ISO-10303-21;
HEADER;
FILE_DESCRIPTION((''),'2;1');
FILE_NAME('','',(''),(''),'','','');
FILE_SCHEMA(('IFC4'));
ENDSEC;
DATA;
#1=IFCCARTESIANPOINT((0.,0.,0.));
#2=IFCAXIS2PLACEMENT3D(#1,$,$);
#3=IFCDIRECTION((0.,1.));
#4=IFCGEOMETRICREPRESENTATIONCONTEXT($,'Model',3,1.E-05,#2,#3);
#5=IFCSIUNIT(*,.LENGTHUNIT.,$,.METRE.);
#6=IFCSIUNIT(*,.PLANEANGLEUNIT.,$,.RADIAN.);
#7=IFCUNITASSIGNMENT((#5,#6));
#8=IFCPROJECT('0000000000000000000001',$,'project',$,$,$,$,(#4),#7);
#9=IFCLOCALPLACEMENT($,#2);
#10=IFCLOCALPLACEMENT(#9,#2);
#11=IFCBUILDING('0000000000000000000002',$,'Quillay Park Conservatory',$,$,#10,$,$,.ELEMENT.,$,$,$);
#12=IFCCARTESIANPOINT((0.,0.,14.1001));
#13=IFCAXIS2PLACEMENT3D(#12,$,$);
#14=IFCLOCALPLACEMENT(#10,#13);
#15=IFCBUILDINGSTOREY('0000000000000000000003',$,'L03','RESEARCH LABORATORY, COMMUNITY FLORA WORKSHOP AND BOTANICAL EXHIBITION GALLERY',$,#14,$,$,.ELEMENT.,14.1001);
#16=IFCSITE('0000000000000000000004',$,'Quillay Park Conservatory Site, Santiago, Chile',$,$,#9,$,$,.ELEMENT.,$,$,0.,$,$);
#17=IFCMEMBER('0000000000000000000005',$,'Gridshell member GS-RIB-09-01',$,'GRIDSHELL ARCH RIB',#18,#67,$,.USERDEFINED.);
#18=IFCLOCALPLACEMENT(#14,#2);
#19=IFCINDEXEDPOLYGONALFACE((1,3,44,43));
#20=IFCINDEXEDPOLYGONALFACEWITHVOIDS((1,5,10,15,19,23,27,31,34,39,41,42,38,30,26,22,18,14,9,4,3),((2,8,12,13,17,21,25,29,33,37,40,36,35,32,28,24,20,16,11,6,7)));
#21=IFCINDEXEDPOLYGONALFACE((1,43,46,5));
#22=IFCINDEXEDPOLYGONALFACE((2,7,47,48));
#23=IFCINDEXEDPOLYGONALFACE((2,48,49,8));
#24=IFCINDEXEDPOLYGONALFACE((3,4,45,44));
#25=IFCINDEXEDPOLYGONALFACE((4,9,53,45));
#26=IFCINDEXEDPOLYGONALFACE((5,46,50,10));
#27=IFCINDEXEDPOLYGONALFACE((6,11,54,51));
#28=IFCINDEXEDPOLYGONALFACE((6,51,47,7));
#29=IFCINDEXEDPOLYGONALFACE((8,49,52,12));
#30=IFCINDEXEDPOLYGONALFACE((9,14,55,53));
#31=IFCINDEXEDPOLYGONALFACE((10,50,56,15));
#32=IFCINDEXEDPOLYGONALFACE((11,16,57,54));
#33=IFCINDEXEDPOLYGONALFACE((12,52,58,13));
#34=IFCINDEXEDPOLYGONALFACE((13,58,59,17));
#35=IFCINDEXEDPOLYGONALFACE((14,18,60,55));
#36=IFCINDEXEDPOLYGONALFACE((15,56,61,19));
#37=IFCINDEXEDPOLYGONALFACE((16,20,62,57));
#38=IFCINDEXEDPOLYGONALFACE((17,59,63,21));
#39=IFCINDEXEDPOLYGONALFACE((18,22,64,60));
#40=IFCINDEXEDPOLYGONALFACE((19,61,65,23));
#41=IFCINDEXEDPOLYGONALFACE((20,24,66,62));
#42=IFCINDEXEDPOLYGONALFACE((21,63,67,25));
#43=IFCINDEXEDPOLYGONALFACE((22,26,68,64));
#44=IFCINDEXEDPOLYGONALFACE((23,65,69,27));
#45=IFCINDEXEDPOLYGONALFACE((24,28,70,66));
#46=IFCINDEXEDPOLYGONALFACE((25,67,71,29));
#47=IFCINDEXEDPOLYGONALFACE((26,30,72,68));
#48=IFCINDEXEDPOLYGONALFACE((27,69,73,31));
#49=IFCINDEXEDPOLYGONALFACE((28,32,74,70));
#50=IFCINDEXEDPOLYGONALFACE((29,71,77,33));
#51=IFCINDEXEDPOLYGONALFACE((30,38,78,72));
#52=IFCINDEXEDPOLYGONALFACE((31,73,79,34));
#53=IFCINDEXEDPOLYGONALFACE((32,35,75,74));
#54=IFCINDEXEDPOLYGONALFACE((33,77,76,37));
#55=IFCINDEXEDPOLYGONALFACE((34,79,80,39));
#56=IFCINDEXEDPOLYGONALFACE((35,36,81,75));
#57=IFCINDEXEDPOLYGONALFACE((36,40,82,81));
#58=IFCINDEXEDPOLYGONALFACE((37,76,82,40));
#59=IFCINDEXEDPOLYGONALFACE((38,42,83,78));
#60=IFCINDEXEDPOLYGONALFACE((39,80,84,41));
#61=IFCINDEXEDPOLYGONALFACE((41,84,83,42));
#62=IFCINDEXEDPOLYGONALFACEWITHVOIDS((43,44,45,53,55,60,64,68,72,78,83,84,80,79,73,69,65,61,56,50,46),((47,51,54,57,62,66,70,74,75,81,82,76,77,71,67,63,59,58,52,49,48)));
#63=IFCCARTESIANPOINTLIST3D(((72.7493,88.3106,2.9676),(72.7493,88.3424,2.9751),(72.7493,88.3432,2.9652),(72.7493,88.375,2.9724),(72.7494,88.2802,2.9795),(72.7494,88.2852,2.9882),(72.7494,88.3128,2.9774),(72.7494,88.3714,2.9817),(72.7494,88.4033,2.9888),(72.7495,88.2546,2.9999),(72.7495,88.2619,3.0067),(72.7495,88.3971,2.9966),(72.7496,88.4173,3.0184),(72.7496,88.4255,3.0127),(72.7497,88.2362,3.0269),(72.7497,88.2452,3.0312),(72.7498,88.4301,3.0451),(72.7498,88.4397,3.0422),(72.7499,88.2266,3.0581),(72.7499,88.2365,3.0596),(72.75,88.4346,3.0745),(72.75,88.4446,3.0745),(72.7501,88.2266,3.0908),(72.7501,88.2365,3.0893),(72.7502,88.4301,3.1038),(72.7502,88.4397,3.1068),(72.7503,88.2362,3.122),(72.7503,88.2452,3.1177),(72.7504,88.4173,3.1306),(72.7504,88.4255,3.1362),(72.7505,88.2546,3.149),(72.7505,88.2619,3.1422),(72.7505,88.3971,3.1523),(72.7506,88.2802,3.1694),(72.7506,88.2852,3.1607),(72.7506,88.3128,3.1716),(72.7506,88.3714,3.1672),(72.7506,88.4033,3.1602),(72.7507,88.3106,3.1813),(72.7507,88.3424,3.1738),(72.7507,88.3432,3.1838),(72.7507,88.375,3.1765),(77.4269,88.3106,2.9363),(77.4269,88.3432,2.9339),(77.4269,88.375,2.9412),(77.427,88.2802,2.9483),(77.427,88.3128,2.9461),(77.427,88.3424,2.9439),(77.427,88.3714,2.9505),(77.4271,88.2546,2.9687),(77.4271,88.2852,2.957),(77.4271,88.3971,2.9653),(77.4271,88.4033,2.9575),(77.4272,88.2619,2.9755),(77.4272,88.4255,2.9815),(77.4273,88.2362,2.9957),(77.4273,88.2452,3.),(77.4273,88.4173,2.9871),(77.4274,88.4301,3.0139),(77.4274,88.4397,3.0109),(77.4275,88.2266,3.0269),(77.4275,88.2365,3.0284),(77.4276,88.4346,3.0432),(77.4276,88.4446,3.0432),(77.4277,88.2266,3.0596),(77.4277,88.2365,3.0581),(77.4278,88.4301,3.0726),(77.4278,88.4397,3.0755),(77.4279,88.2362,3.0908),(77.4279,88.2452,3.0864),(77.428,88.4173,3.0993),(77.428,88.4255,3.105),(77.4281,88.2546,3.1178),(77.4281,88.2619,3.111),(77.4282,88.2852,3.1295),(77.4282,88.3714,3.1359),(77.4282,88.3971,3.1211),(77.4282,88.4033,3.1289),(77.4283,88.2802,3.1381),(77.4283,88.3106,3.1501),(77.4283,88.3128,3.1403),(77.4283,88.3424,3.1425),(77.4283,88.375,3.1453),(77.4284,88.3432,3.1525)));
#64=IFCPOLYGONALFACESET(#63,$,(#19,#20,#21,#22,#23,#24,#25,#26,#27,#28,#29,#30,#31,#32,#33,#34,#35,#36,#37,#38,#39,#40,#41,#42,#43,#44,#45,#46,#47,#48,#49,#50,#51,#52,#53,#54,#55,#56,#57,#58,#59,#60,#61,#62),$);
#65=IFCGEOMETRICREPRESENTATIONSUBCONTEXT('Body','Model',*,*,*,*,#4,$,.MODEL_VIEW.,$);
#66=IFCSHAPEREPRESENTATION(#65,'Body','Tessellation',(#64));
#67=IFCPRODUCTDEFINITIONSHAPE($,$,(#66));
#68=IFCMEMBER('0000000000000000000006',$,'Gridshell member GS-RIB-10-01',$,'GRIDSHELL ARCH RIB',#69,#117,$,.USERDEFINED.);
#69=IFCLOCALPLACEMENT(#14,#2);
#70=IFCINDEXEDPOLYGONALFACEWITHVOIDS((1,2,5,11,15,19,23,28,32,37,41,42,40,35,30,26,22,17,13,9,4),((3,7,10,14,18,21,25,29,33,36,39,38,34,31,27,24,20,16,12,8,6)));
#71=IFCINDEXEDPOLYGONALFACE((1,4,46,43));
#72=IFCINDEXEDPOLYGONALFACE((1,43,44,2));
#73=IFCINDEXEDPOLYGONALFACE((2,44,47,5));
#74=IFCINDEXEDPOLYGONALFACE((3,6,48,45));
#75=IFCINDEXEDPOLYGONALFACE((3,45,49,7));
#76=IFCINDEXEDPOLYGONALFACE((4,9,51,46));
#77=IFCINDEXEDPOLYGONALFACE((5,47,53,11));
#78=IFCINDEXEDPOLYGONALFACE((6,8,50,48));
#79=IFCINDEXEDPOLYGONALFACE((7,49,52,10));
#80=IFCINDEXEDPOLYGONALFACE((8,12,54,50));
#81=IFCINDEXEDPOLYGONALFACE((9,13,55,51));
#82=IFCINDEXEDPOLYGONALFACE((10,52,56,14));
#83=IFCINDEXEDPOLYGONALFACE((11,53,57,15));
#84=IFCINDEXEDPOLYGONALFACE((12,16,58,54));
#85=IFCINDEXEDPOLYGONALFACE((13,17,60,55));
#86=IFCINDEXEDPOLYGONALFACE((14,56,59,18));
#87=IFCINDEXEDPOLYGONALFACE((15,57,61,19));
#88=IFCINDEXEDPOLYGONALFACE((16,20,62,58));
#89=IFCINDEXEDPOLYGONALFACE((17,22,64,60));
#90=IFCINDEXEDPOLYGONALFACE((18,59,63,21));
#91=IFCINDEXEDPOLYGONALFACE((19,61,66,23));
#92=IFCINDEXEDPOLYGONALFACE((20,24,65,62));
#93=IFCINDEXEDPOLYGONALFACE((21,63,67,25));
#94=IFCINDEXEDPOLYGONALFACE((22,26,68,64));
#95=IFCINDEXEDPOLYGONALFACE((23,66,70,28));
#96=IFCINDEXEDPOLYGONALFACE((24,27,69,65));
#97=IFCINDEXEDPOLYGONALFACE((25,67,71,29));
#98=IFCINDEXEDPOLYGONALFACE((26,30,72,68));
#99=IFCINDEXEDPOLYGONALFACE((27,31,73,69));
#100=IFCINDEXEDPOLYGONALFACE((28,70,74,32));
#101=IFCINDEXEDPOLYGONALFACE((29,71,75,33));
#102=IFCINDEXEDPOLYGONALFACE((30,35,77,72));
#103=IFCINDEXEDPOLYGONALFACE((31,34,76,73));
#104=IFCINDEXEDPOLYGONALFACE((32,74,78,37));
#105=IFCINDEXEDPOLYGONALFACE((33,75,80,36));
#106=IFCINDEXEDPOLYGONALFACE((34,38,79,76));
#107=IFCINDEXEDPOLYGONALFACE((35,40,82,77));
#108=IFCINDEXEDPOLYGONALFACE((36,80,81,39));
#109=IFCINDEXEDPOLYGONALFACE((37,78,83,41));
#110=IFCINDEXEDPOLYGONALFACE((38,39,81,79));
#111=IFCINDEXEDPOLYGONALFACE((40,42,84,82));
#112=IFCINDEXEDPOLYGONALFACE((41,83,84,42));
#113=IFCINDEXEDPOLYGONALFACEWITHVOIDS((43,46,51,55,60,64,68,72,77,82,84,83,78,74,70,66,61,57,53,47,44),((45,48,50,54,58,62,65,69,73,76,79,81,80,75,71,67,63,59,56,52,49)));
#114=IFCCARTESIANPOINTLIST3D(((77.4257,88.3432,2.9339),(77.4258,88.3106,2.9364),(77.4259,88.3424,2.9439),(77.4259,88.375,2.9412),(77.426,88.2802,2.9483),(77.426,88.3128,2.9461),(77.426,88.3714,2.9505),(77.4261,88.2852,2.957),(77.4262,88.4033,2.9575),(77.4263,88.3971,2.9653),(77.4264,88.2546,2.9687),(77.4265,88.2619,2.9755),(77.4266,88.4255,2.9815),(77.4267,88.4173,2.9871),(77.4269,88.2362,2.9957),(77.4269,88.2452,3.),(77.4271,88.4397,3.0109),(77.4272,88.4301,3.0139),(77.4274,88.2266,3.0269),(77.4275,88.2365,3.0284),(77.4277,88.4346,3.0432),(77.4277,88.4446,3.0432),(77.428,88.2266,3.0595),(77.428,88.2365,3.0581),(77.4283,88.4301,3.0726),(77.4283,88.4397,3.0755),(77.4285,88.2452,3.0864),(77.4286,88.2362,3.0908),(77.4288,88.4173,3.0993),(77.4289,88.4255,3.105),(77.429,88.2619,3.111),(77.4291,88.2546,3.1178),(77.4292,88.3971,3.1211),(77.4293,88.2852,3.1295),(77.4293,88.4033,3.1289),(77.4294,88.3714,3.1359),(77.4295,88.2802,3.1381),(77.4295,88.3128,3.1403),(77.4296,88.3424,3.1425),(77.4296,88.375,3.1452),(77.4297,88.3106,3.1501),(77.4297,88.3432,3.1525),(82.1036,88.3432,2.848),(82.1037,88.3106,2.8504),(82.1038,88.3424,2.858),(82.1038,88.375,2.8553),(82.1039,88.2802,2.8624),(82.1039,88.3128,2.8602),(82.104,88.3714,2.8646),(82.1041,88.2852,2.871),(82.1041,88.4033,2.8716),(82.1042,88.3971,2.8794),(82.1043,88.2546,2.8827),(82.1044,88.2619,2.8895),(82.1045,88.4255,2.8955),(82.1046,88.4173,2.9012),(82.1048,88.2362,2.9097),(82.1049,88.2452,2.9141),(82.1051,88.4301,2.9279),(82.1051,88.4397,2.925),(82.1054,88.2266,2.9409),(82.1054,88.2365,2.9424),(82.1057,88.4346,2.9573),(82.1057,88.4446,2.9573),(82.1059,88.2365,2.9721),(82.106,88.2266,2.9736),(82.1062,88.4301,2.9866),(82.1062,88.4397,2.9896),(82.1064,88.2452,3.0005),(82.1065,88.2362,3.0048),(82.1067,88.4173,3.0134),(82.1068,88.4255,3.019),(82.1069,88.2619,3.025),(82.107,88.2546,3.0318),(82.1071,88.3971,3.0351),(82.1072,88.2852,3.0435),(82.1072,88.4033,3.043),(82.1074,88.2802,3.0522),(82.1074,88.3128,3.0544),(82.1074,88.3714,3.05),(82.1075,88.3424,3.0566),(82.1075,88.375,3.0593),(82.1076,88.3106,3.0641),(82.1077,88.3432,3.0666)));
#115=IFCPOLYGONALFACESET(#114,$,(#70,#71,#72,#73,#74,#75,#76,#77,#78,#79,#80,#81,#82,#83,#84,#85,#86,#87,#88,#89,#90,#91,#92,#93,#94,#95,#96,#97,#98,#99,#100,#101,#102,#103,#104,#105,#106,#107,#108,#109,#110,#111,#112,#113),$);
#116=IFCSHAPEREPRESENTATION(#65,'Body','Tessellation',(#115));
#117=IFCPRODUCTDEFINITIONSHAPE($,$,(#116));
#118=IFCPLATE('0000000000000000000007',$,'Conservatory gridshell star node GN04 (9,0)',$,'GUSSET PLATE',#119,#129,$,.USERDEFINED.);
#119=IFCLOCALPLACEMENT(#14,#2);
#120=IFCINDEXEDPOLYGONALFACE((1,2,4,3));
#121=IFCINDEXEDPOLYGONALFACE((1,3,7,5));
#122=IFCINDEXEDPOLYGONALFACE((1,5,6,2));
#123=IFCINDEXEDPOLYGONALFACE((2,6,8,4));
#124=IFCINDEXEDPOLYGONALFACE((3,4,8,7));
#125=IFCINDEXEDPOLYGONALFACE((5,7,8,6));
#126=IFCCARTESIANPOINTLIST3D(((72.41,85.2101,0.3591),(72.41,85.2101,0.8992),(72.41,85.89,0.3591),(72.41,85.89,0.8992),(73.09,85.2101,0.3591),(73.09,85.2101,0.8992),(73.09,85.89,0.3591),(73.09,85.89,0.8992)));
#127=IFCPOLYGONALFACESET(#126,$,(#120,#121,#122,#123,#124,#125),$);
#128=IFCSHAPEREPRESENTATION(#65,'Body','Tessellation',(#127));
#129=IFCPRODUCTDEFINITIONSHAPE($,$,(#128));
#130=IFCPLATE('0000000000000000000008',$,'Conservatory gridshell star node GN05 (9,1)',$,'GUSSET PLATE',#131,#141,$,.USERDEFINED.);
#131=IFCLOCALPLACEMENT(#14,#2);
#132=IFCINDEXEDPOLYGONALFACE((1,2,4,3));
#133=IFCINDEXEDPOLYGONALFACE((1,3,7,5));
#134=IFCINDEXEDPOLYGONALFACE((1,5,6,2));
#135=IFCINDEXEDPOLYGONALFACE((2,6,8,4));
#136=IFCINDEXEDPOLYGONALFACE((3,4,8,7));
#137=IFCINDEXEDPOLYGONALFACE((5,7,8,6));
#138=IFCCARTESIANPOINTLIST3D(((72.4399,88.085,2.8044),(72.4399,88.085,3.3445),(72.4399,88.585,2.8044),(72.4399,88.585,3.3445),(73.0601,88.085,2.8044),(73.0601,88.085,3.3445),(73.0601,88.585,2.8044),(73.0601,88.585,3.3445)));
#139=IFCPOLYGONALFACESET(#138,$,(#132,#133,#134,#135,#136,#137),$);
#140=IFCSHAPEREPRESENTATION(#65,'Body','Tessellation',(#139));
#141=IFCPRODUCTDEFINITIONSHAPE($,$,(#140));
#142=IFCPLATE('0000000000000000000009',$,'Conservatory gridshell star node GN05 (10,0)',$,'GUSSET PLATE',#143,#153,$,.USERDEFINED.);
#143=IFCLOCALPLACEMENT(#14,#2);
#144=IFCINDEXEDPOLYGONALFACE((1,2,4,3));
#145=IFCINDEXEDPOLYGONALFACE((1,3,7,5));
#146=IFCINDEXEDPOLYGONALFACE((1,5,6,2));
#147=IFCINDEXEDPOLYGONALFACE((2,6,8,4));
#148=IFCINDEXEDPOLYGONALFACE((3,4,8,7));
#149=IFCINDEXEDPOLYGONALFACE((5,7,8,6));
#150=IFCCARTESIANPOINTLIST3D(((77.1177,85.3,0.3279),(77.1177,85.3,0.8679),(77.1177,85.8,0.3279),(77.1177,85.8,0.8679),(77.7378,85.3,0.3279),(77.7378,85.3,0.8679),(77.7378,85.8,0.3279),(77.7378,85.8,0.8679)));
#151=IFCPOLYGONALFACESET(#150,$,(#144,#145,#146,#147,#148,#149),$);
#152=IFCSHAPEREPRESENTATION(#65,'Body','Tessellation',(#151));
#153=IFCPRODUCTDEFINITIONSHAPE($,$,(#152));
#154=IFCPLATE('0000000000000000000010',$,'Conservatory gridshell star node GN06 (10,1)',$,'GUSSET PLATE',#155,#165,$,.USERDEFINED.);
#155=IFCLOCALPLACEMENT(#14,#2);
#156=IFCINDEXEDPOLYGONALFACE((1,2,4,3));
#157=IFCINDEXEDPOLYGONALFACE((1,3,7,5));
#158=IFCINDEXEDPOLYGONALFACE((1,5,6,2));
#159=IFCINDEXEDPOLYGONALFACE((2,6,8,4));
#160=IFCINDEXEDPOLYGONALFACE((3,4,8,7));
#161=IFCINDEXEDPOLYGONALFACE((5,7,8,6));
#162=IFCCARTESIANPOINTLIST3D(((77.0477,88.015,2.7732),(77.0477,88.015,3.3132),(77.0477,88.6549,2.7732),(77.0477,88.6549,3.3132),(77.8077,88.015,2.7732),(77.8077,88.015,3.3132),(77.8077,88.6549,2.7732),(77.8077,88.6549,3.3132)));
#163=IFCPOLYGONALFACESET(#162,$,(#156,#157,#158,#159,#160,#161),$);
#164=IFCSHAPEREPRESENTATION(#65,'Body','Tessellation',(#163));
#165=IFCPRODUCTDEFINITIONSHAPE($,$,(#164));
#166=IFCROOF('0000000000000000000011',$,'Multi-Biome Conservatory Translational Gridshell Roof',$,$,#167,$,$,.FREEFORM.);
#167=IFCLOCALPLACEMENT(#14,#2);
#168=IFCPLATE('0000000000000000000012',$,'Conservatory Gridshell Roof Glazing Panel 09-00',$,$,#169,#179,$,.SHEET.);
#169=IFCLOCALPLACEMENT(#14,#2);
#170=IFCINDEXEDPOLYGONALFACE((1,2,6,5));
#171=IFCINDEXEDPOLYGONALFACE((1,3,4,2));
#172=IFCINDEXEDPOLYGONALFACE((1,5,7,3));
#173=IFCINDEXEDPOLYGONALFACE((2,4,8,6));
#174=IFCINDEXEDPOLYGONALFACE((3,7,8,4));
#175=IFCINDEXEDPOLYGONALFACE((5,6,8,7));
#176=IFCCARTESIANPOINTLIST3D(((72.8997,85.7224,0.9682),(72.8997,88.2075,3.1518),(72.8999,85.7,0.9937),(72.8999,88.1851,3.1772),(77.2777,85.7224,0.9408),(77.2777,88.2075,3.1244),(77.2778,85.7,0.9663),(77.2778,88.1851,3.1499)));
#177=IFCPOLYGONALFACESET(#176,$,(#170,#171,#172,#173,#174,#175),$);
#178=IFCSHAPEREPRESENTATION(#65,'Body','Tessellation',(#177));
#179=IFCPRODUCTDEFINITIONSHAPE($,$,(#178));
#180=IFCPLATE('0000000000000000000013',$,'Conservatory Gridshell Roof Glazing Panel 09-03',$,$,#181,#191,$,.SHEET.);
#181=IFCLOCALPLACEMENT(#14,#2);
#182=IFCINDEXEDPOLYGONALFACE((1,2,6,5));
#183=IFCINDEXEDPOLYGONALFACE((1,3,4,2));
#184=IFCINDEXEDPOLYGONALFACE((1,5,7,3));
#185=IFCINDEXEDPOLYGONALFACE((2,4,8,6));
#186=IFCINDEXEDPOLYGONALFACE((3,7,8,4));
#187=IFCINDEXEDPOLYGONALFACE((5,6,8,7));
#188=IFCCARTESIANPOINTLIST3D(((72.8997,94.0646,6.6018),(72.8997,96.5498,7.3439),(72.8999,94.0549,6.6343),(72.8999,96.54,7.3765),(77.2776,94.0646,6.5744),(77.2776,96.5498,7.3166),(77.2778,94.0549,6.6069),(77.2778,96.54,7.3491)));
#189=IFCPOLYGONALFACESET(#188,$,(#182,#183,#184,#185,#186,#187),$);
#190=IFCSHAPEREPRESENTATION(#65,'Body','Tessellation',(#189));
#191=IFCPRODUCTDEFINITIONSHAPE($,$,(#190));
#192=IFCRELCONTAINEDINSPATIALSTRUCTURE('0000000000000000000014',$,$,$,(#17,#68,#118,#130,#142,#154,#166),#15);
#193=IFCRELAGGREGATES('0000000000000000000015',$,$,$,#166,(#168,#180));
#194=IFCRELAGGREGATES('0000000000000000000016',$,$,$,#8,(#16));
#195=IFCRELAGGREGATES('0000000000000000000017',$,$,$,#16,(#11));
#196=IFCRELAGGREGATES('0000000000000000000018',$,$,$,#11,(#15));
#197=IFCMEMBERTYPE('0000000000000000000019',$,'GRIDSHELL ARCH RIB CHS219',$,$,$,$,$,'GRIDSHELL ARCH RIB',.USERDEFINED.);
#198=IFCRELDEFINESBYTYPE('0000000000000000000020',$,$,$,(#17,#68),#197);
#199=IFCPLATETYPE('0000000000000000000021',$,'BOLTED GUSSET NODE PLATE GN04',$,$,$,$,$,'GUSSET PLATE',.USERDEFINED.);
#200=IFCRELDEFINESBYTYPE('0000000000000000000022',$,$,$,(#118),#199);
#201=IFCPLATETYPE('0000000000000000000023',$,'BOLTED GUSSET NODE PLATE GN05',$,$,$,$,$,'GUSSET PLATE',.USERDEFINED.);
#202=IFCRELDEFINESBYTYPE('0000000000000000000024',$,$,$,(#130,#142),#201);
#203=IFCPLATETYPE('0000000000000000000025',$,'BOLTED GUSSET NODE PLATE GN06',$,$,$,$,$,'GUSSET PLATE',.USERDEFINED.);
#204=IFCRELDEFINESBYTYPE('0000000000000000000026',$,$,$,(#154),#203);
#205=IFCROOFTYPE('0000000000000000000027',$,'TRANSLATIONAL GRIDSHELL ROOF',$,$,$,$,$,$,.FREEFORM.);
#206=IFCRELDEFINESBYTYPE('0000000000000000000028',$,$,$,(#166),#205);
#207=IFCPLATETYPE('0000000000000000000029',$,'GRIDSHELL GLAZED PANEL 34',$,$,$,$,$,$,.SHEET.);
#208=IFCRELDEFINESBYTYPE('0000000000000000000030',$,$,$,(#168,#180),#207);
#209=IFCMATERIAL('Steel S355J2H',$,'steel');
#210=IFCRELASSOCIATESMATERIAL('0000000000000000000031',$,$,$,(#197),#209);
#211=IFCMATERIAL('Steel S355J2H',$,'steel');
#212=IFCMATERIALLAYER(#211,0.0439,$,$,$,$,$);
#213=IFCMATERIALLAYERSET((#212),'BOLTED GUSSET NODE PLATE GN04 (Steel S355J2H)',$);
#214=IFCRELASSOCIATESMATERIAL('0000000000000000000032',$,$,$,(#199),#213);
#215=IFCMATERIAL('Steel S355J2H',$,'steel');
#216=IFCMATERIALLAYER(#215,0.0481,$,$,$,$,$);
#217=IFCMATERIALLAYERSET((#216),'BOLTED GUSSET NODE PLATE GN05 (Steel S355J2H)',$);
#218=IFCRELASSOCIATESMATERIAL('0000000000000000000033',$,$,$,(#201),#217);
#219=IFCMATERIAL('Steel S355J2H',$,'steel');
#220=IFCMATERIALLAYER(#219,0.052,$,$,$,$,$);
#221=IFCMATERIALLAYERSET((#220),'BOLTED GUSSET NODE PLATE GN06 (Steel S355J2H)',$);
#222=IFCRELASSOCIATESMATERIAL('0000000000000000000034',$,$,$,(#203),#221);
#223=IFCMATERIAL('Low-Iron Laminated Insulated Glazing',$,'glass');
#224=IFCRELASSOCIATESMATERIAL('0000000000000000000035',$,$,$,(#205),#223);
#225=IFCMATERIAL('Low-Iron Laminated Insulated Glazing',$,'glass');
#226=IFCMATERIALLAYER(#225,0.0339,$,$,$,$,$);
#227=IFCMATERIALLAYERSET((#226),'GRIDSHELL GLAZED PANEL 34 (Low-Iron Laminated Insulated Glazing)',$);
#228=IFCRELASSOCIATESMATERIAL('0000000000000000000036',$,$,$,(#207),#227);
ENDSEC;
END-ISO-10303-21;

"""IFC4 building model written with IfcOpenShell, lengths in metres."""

from ifc_helpers import new_model, si_unit, direction, frame, origin, origin_2d, place, context, subcontext, project, spatial, polyline, rectangle, hollow_circle, outline, extrude, material, layer, layer_set, material_profile, profile_set, type_object, element, aggregate, save


model = new_model("IFC4")

# Units and contexts
model_context = context("Model", 3, precision=1e-05, world=origin(), true_north=direction((0.0, 1.0)))
body_context = subcontext(model_context, "Body", "Model", "MODEL_VIEW")
ifc_project = project(units=[si_unit("LENGTHUNIT", "METRE"), si_unit("PLANEANGLEUNIT", "RADIAN")], contexts=[model_context])

# Site, building, storey
site_placement = place(None, origin())
site = spatial("IfcSite", under=ifc_project, at=site_placement, Name="Quillay Park Conservatory Site, Santiago, Chile", CompositionType="ELEMENT", RefElevation=0.0)
building_placement = place(site_placement, origin())
building = spatial("IfcBuilding", under=site, at=building_placement, Name="Quillay Park Conservatory", CompositionType="ELEMENT")
storey_placement = place(building_placement, frame((0.0, 0.0, 14.1001)))
storey = spatial("IfcBuildingStorey", under=building, at=storey_placement, Name="L03", Description="RESEARCH LABORATORY, COMMUNITY FLORA WORKSHOP AND BOTANICAL EXHIBITION GALLERY", CompositionType="ELEMENT", Elevation=14.1001)

# Members
ifc_material_1 = material(Name="Steel S355J2H", Category="steel")
ifc_material_profile_1 = material_profile(ifc_material_1, hollow_circle(Radius=0.1096, WallThickness=0.01, at=origin_2d()), Name="CHS219.1x10")
ifc_profile_set_1 = profile_set([ifc_material_profile_1], Name="Steel S355J2H")
member_type = type_object("IfcMemberType", Name="GRIDSHELL ARCH RIB CHS219", ElementType="GRIDSHELL ARCH RIB", PredefinedType="USERDEFINED", material=ifc_profile_set_1)
member_1_placement = place(storey_placement, frame((72.75, 88.335, 3.0745), z_axis=(0.999978, 0.0, -0.00668), x_axis=(0.0, 1.0, 0.0)))
element("IfcMember", 1, at=member_1_placement, inside=storey, type_object=member_type, Name="Gridshell member GS-RIB-09-01", ObjectType="GRIDSHELL ARCH RIB", PredefinedType="USERDEFINED", context=body_context, shape_type="SweptSolid", body=[
    extrude(hollow_circle(Radius=0.1096, WallThickness=0.01, at=origin_2d()), origin(), (0.0, 0.0, 1.0), 4.6777),
])
member_2_placement = place(storey_placement, frame((77.4277, 88.335, 3.0432), z_axis=(0.999831, 0.0, -0.018368), x_axis=(0.0, 1.0, 0.0)))
element("IfcMember", 2, at=member_2_placement, inside=storey, type_object=member_type, Name="Gridshell member GS-RIB-10-01", ObjectType="GRIDSHELL ARCH RIB", PredefinedType="USERDEFINED", context=body_context, shape_type="SweptSolid", body=[
    extrude(hollow_circle(Radius=0.1096, WallThickness=0.01, at=origin_2d()), origin(), (0.0, 0.0, 1.0), 4.6787),
])

# Plates
ifc_material_2 = material(Name="Steel S355J2H", Category="steel")
ifc_layer_1 = layer(ifc_material_2, 0.0439)
ifc_layer_set_1 = layer_set([ifc_layer_1], Name="BOLTED GUSSET NODE PLATE GN04 (Steel S355J2H)")
plate_type_1 = type_object("IfcPlateType", Name="BOLTED GUSSET NODE PLATE GN04", ElementType="GUSSET PLATE", PredefinedType="USERDEFINED", material=ifc_layer_set_1)
plate_1_placement = place(storey_placement, frame((72.75, 85.55, 0.3591), z_axis=(0.0, 0.0, 1.0), x_axis=(1.0, 0.0, 0.0)))
element("IfcPlate", 3, at=plate_1_placement, inside=storey, type_object=plate_type_1, Name="Conservatory gridshell star node GN04 (9,0)", ObjectType="GUSSET PLATE", PredefinedType="USERDEFINED", context=body_context, shape_type="SweptSolid", body=[
    extrude(rectangle(XDim=0.6799, YDim=0.6799, at=origin_2d()), origin(), (0.0, 0.0, 1.0), 0.54),
])
ifc_material_3 = material(Name="Steel S355J2H", Category="steel")
ifc_layer_2 = layer(ifc_material_3, 0.0481)
ifc_layer_set_2 = layer_set([ifc_layer_2], Name="BOLTED GUSSET NODE PLATE GN05 (Steel S355J2H)")
plate_type_2 = type_object("IfcPlateType", Name="BOLTED GUSSET NODE PLATE GN05", ElementType="GUSSET PLATE", PredefinedType="USERDEFINED", material=ifc_layer_set_2)
for number, where, z_axis, x_axis, name in (
    (4, (72.75, 88.335, 2.8044), (0.0, 0.0, 1.0), (1.0, 0.0, 0.0), "Conservatory gridshell star node GN05 (9,1)"),
    (5, (77.4277, 85.55, 0.3279), (0.0, 0.0, 1.0), (1.0, 0.0, 0.0), "Conservatory gridshell star node GN05 (10,0)"),
):
    element("IfcPlate", number, at=place(storey_placement, frame(where, z_axis=z_axis, x_axis=x_axis)), inside=storey, type_object=plate_type_2, Name=name, ObjectType="GUSSET PLATE", PredefinedType="USERDEFINED", context=body_context, shape_type="SweptSolid", body=[
        extrude(rectangle(XDim=0.6201, YDim=0.5, at=origin_2d()), origin(), (0.0, 0.0, 1.0), 0.54),
    ])
ifc_material_4 = material(Name="Steel S355J2H", Category="steel")
ifc_layer_3 = layer(ifc_material_4, 0.052)
ifc_layer_set_3 = layer_set([ifc_layer_3], Name="BOLTED GUSSET NODE PLATE GN06 (Steel S355J2H)")
plate_type_3 = type_object("IfcPlateType", Name="BOLTED GUSSET NODE PLATE GN06", ElementType="GUSSET PLATE", PredefinedType="USERDEFINED", material=ifc_layer_set_3)
plate_2_placement = place(storey_placement, frame((77.4277, 88.335, 2.7732), z_axis=(0.0, 0.0, 1.0), x_axis=(1.0, 0.0, 0.0)))
element("IfcPlate", 6, at=plate_2_placement, inside=storey, type_object=plate_type_3, Name="Conservatory gridshell star node GN06 (10,1)", ObjectType="GUSSET PLATE", PredefinedType="USERDEFINED", context=body_context, shape_type="SweptSolid", body=[
    extrude(rectangle(XDim=0.76, YDim=0.6399, at=origin_2d()), origin(), (0.0, 0.0, 1.0), 0.54),
])

# Roof, plates
ifc_material_5 = material(Name="Low-Iron Laminated Insulated Glazing", Category="glass")
roof_type = type_object("IfcRoofType", Name="TRANSLATIONAL GRIDSHELL ROOF", PredefinedType="FREEFORM", material=ifc_material_5)
roof_placement = place(storey_placement, origin())
roof = element("IfcRoof", 7, at=roof_placement, inside=storey, type_object=roof_type, Name="Multi-Biome Conservatory Translational Gridshell Roof", PredefinedType="FREEFORM")
ifc_material_6 = material(Name="Low-Iron Laminated Insulated Glazing", Category="glass")
ifc_layer_4 = layer(ifc_material_6, 0.0339)
ifc_layer_set_4 = layer_set([ifc_layer_4], Name="GRIDSHELL GLAZED PANEL 34 (Low-Iron Laminated Insulated Glazing)")
plate_type_4 = type_object("IfcPlateType", Name="GRIDSHELL GLAZED PANEL 34", PredefinedType="SHEET", material=ifc_layer_set_4)
plate_3_placement = place(storey_placement, frame((72.8999, 85.7, 0.9937), z_axis=(0.004692, -0.660058, 0.7512), x_axis=(0.99998, 0.0, -0.006246)))
plate_3 = element("IfcPlate", 8, at=plate_3_placement, type_object=plate_type_4, Name="Conservatory Gridshell Roof Glazing Panel 09-00", PredefinedType="SHEET", context=body_context, shape_type="SweptSolid", body=[
    extrude(outline(polyline([(0.0, 0.0), (4.378, 0.0), (4.3644, 3.3081), (-0.0136, 3.3081), (0.0, 0.0)])), origin(), (0.0, 0.0, -1.0), 0.0339),
])
plate_4_placement = place(storey_placement, frame((72.8999, 94.0549, 6.6343), z_axis=(0.005985, -0.286159, 0.958163), x_axis=(0.99998, 0.0, -0.006246)))
plate_4 = element("IfcPlate", 9, at=plate_4_placement, type_object=plate_type_4, Name="Conservatory Gridshell Roof Glazing Panel 09-03", PredefinedType="SHEET", context=body_context, shape_type="SweptSolid", body=[
    extrude(outline(polyline([(0.0, 0.0), (4.378, 0.0), (4.3734, 2.5936), (-0.0046, 2.5936), (0.0, 0.0)])), origin(), (0.0, 0.0, -1.0), 0.0339),
])
aggregate(roof, [plate_3, plate_4])

save(model, "model.ifc")
